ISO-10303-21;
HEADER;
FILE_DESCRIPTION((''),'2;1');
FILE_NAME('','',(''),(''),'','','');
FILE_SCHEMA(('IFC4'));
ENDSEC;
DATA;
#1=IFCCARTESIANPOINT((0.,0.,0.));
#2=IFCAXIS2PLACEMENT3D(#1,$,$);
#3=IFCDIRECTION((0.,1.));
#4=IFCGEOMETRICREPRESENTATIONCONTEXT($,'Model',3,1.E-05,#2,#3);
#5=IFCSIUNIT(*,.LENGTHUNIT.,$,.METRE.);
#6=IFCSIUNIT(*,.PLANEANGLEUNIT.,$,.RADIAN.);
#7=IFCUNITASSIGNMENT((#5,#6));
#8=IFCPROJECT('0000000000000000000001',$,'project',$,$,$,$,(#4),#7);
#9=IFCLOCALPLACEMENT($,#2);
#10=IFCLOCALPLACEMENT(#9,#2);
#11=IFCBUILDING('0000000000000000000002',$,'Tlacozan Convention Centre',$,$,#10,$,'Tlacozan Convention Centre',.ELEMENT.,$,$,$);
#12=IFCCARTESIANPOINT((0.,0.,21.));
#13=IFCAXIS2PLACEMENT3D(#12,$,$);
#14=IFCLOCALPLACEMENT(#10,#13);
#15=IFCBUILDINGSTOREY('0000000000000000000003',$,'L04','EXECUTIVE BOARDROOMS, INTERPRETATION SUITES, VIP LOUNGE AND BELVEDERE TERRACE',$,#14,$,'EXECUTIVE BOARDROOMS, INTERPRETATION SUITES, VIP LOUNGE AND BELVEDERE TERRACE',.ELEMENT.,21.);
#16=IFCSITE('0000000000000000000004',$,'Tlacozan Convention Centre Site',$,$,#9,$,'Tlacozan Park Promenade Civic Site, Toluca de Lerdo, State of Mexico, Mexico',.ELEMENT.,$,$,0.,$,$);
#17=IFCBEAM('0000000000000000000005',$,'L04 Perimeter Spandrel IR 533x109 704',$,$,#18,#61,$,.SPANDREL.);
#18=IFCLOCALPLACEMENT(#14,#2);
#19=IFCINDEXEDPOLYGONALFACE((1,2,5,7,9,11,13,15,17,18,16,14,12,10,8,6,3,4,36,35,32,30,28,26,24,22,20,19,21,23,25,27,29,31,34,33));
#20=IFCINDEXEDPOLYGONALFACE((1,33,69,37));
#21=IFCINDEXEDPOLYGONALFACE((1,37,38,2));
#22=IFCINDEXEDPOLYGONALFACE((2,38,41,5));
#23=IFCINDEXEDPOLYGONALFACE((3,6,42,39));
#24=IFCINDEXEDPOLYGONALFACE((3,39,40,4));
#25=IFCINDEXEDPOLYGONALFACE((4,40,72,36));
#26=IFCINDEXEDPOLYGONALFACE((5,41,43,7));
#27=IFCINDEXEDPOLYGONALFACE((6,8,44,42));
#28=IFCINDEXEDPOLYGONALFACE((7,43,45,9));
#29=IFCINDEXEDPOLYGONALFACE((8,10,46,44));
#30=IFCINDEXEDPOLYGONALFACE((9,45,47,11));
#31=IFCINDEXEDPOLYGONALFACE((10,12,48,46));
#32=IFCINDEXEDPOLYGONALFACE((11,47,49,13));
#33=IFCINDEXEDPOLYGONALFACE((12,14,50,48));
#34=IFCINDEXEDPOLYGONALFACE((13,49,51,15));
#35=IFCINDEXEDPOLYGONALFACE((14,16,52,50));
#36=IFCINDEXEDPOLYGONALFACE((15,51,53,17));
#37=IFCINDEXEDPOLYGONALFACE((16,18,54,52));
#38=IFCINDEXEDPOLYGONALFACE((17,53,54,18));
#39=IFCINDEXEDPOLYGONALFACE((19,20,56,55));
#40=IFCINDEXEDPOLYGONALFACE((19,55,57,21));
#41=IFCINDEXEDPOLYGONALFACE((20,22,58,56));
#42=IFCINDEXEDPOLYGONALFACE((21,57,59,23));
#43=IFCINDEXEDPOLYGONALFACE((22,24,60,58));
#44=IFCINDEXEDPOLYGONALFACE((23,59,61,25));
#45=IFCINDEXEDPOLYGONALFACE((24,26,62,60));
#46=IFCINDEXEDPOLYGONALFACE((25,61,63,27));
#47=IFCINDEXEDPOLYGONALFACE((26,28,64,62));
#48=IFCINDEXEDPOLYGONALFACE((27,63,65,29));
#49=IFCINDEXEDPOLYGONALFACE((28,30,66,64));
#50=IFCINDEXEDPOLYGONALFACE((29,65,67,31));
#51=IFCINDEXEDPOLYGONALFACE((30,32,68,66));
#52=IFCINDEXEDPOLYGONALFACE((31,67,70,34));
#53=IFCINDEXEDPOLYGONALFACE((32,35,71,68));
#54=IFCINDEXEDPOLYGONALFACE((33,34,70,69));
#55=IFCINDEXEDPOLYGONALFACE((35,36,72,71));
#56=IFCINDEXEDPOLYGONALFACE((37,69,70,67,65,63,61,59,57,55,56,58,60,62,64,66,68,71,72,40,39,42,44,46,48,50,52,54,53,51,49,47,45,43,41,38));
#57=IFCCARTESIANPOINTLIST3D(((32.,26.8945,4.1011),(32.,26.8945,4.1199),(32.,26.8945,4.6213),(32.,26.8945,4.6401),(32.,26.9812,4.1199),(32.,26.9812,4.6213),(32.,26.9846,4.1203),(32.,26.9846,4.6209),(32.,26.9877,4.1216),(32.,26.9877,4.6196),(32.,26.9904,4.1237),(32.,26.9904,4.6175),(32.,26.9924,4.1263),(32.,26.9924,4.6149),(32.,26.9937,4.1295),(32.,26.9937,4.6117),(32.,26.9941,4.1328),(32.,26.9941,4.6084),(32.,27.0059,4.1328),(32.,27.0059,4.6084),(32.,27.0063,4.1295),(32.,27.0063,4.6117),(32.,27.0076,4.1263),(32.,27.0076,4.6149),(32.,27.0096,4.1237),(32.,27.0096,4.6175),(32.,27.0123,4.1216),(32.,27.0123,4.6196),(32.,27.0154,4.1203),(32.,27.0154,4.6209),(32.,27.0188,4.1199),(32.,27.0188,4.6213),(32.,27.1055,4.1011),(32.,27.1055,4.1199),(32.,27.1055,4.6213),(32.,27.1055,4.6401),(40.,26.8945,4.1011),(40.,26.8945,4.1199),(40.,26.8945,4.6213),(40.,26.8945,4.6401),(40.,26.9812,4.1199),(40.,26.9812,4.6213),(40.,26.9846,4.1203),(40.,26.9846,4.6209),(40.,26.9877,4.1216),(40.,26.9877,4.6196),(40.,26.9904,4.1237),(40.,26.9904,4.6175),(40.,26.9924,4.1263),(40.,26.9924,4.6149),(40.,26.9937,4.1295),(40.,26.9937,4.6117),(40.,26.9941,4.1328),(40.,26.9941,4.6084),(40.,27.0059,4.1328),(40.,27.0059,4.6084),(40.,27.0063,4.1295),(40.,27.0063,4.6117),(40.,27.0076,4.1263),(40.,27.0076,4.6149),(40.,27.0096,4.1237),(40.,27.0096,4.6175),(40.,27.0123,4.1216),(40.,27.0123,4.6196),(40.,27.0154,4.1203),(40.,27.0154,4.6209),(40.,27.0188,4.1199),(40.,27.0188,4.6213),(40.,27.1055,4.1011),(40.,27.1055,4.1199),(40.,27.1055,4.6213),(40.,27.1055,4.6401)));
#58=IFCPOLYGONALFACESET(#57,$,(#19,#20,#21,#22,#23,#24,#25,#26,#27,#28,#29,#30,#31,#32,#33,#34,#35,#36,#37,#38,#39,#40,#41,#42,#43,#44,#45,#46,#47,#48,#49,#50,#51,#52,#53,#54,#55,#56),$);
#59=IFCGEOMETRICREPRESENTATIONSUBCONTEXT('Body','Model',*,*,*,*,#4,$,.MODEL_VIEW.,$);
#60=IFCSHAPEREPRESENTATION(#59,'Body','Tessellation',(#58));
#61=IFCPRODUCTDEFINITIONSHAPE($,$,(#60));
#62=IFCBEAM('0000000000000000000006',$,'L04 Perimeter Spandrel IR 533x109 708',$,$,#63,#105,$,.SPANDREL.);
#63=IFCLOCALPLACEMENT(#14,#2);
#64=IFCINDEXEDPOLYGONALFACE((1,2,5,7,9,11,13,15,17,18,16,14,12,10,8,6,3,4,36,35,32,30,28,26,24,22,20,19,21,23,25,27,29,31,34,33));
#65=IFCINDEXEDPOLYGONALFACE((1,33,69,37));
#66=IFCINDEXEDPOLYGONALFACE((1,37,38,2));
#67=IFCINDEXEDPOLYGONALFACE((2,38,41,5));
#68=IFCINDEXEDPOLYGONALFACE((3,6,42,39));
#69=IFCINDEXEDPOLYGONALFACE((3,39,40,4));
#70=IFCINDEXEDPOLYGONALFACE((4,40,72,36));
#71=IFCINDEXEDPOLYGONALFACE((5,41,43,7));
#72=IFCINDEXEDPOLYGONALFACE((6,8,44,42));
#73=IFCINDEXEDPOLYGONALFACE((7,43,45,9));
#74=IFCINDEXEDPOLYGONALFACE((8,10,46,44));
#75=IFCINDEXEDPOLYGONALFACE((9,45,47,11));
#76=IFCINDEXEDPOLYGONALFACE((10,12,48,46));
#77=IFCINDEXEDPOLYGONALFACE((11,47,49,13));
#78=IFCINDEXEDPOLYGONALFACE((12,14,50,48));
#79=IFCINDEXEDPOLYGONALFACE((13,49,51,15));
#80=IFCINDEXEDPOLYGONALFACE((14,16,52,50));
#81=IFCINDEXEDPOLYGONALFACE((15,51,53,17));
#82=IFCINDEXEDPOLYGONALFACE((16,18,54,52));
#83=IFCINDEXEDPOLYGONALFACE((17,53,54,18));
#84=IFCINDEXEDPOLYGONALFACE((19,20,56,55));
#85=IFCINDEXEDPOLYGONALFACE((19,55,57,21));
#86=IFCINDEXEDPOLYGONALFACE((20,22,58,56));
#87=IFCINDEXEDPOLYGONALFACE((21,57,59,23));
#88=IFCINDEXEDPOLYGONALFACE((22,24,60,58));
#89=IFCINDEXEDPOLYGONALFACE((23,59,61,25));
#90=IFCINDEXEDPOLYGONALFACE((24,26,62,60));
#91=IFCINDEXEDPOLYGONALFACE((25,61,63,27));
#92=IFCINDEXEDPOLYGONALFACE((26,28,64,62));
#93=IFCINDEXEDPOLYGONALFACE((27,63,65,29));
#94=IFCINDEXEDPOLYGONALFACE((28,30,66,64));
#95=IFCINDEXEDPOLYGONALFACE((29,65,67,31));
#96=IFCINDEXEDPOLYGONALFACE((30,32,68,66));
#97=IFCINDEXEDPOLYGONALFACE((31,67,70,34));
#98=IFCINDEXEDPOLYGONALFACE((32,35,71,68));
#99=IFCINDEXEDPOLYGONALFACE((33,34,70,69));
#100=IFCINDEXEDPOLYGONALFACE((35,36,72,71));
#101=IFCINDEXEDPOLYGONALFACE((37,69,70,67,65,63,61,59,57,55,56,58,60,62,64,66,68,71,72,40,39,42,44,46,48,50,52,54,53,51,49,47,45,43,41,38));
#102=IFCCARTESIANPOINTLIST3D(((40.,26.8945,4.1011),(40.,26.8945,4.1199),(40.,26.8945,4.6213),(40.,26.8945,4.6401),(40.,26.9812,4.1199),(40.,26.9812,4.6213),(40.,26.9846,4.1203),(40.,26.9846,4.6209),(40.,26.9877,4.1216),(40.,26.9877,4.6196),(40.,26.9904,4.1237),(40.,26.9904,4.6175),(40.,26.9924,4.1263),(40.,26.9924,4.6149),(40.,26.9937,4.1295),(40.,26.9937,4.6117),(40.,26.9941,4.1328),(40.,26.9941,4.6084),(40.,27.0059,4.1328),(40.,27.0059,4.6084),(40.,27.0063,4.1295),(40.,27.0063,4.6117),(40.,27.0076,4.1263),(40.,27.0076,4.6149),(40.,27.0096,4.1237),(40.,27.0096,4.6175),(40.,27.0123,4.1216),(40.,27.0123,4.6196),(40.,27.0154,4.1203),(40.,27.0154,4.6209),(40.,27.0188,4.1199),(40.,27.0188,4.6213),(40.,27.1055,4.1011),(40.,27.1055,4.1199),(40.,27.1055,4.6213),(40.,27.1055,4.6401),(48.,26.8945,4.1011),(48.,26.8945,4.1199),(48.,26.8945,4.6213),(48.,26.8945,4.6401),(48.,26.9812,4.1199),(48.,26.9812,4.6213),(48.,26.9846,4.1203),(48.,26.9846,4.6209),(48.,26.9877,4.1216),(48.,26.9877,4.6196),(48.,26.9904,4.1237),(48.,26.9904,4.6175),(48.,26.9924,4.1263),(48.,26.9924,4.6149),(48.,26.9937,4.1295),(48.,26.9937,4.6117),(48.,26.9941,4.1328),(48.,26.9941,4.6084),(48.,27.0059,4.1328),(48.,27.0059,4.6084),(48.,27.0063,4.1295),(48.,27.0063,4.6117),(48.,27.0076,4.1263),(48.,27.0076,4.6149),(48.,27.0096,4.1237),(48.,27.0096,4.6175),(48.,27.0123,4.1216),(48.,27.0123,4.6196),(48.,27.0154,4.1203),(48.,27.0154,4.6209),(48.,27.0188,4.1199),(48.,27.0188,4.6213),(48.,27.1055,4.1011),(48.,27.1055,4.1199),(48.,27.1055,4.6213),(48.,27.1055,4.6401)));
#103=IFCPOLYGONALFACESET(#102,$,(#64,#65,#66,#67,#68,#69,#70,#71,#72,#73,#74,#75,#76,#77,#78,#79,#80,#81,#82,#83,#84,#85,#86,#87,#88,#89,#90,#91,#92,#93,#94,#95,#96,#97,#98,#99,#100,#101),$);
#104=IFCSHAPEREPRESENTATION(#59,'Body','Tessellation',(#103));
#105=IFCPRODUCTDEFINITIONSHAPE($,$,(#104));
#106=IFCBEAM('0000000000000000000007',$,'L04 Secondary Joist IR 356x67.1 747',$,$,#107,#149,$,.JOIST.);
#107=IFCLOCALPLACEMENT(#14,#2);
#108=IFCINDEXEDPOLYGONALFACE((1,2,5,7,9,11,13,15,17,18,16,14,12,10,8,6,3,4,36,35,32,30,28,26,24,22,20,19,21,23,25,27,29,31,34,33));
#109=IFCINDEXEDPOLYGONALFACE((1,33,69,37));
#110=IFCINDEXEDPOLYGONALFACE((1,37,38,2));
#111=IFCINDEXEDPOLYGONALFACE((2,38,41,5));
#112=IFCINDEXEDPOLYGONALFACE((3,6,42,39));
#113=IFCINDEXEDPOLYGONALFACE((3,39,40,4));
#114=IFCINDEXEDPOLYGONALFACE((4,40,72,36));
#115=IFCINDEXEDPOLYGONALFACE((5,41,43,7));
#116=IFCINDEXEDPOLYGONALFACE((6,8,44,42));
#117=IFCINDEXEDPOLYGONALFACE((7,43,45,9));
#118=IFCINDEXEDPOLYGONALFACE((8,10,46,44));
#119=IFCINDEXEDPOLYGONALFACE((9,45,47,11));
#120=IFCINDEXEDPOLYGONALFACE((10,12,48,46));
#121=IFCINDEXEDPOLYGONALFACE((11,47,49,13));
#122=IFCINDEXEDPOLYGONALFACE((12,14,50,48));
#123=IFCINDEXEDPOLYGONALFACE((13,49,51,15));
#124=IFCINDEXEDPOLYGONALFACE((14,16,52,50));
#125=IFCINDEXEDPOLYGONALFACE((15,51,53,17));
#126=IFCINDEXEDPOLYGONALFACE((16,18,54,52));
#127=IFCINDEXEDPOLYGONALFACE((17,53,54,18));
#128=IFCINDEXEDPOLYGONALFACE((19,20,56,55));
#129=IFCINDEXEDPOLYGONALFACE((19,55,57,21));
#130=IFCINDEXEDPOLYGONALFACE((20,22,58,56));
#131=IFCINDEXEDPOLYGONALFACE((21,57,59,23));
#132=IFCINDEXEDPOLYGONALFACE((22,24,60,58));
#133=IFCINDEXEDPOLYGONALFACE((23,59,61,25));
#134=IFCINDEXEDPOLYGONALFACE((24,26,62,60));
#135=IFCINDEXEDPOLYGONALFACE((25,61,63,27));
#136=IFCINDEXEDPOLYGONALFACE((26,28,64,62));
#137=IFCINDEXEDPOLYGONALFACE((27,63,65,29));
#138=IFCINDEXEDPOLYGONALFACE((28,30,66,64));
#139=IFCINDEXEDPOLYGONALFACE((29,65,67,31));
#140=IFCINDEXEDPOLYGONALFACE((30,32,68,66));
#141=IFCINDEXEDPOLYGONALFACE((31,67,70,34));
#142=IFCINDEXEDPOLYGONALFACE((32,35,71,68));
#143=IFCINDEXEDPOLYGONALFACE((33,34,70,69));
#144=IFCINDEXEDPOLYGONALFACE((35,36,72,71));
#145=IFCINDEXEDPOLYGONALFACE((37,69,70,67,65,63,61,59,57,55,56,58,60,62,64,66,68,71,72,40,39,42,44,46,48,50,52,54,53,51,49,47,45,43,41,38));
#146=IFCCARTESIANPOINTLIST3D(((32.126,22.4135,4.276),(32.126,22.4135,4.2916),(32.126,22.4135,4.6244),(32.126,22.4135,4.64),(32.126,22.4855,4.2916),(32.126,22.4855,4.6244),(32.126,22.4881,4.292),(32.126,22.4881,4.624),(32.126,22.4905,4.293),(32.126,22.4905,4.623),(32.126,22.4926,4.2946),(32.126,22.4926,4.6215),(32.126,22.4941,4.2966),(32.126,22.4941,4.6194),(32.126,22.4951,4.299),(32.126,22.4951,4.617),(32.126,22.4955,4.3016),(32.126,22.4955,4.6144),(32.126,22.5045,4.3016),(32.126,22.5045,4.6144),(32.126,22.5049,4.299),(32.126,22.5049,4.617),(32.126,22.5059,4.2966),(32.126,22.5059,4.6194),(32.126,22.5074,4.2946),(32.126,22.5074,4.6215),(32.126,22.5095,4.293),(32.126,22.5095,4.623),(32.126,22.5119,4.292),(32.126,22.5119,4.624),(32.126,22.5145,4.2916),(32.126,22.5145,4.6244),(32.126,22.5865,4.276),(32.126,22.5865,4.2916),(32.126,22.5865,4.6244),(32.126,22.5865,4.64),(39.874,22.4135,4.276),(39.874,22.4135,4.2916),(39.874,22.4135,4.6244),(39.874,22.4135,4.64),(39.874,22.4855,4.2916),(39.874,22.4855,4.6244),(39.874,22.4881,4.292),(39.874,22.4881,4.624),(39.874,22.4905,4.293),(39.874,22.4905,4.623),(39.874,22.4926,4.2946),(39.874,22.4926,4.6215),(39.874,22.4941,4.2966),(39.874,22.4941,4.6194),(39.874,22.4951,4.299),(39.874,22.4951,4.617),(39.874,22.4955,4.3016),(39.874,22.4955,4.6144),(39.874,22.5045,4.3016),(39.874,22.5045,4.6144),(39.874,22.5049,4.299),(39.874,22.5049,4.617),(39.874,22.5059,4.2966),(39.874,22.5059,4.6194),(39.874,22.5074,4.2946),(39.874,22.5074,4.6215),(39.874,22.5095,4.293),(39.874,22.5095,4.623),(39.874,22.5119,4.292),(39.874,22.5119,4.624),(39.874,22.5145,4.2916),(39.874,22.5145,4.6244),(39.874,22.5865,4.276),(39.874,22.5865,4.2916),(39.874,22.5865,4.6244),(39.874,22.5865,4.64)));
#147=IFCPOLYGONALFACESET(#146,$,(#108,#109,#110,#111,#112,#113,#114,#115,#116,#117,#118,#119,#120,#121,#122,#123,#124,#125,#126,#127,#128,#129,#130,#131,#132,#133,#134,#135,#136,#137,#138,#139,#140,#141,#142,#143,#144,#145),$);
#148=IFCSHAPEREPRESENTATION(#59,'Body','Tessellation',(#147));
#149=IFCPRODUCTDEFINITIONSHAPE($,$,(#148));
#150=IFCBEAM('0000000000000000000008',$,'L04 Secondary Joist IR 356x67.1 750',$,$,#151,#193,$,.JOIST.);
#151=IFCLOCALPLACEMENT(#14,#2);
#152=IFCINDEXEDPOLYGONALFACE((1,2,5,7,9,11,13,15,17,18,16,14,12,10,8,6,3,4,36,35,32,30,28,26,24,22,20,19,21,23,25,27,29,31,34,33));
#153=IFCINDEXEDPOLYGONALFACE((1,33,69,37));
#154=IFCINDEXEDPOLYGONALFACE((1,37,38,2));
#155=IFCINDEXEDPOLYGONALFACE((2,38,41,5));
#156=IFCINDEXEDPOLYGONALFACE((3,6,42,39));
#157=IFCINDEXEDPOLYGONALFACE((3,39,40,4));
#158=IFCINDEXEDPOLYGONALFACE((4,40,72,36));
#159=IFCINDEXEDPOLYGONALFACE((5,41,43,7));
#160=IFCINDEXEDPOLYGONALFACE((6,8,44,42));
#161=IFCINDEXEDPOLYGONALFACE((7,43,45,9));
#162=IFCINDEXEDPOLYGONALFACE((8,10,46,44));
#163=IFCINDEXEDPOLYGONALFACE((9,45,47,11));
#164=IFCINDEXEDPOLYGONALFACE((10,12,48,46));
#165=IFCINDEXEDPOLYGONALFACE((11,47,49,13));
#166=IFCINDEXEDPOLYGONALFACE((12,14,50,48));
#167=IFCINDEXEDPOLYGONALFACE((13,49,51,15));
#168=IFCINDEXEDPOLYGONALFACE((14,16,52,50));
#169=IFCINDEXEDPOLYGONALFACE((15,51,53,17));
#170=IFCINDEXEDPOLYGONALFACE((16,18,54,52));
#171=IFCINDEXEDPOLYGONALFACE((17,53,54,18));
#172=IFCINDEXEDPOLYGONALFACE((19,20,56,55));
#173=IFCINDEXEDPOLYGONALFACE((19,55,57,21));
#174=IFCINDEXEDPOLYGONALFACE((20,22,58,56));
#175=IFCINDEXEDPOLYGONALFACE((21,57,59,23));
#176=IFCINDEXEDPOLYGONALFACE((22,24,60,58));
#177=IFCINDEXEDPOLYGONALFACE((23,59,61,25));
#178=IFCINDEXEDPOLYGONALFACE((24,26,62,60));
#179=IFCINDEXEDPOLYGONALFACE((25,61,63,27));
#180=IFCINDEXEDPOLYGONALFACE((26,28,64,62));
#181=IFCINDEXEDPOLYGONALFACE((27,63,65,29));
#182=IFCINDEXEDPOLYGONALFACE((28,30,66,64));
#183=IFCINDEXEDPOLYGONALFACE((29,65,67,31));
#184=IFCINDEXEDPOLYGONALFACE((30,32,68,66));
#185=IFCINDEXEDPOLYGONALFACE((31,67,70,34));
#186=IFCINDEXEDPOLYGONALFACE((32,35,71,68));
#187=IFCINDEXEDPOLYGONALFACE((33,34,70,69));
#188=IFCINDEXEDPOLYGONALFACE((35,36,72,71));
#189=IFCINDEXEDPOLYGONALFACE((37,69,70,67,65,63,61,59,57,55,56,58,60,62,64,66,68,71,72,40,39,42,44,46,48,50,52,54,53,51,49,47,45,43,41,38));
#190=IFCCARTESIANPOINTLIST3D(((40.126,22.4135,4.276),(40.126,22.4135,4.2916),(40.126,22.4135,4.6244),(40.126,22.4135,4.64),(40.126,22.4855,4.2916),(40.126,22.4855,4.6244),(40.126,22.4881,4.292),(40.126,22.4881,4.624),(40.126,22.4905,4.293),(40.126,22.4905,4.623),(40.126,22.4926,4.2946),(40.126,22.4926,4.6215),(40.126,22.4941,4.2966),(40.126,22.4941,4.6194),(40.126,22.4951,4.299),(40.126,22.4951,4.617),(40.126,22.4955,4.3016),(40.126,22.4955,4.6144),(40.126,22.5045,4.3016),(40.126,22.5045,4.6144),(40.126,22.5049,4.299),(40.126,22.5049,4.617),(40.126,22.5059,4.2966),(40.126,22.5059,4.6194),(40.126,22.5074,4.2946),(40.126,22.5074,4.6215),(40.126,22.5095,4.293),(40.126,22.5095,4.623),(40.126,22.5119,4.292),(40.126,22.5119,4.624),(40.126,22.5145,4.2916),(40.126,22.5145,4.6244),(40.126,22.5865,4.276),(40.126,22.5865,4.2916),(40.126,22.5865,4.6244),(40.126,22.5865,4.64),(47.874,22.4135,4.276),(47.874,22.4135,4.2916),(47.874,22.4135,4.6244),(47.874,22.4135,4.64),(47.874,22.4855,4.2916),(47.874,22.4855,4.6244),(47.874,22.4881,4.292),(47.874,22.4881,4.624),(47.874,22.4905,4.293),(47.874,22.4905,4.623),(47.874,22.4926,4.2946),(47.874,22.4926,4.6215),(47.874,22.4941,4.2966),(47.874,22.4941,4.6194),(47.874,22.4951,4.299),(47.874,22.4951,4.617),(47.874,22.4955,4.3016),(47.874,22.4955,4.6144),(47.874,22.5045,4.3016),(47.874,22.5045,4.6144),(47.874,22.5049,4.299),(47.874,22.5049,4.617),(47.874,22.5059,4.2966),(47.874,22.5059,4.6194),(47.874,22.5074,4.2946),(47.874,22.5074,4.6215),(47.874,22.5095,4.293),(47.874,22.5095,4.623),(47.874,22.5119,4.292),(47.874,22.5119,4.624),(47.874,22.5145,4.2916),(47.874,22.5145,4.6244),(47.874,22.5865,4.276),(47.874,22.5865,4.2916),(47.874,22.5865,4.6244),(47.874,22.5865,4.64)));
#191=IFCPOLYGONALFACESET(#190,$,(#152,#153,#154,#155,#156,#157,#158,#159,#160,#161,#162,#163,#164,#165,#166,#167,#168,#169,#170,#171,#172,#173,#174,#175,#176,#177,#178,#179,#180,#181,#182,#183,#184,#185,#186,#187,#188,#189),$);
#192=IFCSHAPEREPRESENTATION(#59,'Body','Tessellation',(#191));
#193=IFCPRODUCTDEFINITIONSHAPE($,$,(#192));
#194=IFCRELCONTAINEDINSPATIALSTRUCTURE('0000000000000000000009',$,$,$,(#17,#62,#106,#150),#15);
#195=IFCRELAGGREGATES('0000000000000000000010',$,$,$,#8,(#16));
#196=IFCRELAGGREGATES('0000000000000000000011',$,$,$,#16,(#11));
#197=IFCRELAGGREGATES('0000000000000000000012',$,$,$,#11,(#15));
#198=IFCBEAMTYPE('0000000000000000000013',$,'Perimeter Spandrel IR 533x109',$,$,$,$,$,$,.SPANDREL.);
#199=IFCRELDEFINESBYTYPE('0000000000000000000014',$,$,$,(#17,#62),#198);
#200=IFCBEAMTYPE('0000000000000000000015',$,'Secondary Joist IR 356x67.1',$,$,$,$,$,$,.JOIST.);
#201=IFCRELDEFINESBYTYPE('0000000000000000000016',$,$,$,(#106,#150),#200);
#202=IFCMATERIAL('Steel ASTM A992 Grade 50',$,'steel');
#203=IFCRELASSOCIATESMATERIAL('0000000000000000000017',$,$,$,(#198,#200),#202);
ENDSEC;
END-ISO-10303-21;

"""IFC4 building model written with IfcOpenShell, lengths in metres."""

from ifc_helpers import new_model, si_unit, direction, frame, origin, origin_2d, place, context, subcontext, project, spatial, i_section, extrude, material, material_profile, profile_set, type_object, element, save


model = new_model("IFC4")

# Units and contexts
model_context = context("Model", 3, precision=1e-05, world=origin(), true_north=direction((0.0, 1.0)))
body_context = subcontext(model_context, "Body", "Model", "MODEL_VIEW")
ifc_project = project(units=[si_unit("LENGTHUNIT", "METRE"), si_unit("PLANEANGLEUNIT", "RADIAN")], contexts=[model_context])

# Site, building, storey
site_placement = place(None, origin())
site = spatial("IfcSite", under=ifc_project, at=site_placement, Name="Tlacozan Convention Centre Site", LongName="Tlacozan Park Promenade Civic Site, Toluca de Lerdo, State of Mexico, Mexico", CompositionType="ELEMENT", RefElevation=0.0)
building_placement = place(site_placement, origin())
building = spatial("IfcBuilding", under=site, at=building_placement, Name="Tlacozan Convention Centre", LongName="Tlacozan Convention Centre", CompositionType="ELEMENT")
storey_placement = place(building_placement, frame((0.0, 0.0, 21.0)))
storey = spatial("IfcBuildingStorey", under=building, at=storey_placement, Name="L04", Description="EXECUTIVE BOARDROOMS, INTERPRETATION SUITES, VIP LOUNGE AND BELVEDERE TERRACE", LongName="EXECUTIVE BOARDROOMS, INTERPRETATION SUITES, VIP LOUNGE AND BELVEDERE TERRACE", CompositionType="ELEMENT", Elevation=21.0)

# Beams
ifc_material_1 = material(Name="Steel ASTM A992 Grade 50", Category="steel")
ifc_material_profile_1 = material_profile(ifc_material_1, i_section(OverallWidth=0.2109, OverallDepth=0.5391, WebThickness=0.0117, FlangeThickness=0.0188, FilletRadius=0.0129, at=origin_2d()), Name="IR 533x109.0")
ifc_profile_set_1 = profile_set([ifc_material_profile_1], Name="Steel ASTM A992 Grade 50")
beam_type_1 = type_object("IfcBeamType", Name="Perimeter Spandrel IR 533x109", PredefinedType="SPANDREL", material=ifc_profile_set_1)
for number, where, z_axis, x_axis, name in (
    (1, (32.0, 27.0, 4.3706), (1.0, 0.0, 0.0), (0.0, 1.0, 0.0), "L04 Perimeter Spandrel IR 533x109 704"),
    (2, (40.0, 27.0, 4.3706), (1.0, 0.0, 0.0), (0.0, 1.0, 0.0), "L04 Perimeter Spandrel IR 533x109 708"),
):
    element("IfcBeam", number, at=place(storey_placement, frame(where, z_axis=z_axis, x_axis=x_axis)), inside=storey, type_object=beam_type_1, Name=name, PredefinedType="SPANDREL", context=body_context, shape_type="SweptSolid", body=[
        extrude(i_section(OverallWidth=0.2109, OverallDepth=0.5391, WebThickness=0.0117, FlangeThickness=0.0188, FilletRadius=0.0129, at=origin_2d()), origin(), (0.0, 0.0, 1.0), 8.0),
    ])
ifc_material_profile_2 = material_profile(ifc_material_1, i_section(OverallWidth=0.1731, OverallDepth=0.364, WebThickness=0.009, FlangeThickness=0.0156, FilletRadius=0.01, at=origin_2d()), Name="IR 356x67.1")
ifc_profile_set_2 = profile_set([ifc_material_profile_2], Name="Steel ASTM A992 Grade 50")
beam_type_2 = type_object("IfcBeamType", Name="Secondary Joist IR 356x67.1", PredefinedType="JOIST", material=ifc_profile_set_2)
for number, where, z_axis, x_axis, name in (
    (3, (32.126, 22.5, 4.458), (1.0, 0.0, 0.0), (0.0, 1.0, 0.0), "L04 Secondary Joist IR 356x67.1 747"),
    (4, (40.126, 22.5, 4.458), (1.0, 0.0, 0.0), (0.0, 1.0, 0.0), "L04 Secondary Joist IR 356x67.1 750"),
):
    element("IfcBeam", number, at=place(storey_placement, frame(where, z_axis=z_axis, x_axis=x_axis)), inside=storey, type_object=beam_type_2, Name=name, PredefinedType="JOIST", context=body_context, shape_type="SweptSolid", body=[
        extrude(i_section(OverallWidth=0.1731, OverallDepth=0.364, WebThickness=0.009, FlangeThickness=0.0156, FilletRadius=0.01, at=origin_2d()), origin(), (0.0, 0.0, 1.0), 7.748),
    ])

save(model, "model.ifc")
